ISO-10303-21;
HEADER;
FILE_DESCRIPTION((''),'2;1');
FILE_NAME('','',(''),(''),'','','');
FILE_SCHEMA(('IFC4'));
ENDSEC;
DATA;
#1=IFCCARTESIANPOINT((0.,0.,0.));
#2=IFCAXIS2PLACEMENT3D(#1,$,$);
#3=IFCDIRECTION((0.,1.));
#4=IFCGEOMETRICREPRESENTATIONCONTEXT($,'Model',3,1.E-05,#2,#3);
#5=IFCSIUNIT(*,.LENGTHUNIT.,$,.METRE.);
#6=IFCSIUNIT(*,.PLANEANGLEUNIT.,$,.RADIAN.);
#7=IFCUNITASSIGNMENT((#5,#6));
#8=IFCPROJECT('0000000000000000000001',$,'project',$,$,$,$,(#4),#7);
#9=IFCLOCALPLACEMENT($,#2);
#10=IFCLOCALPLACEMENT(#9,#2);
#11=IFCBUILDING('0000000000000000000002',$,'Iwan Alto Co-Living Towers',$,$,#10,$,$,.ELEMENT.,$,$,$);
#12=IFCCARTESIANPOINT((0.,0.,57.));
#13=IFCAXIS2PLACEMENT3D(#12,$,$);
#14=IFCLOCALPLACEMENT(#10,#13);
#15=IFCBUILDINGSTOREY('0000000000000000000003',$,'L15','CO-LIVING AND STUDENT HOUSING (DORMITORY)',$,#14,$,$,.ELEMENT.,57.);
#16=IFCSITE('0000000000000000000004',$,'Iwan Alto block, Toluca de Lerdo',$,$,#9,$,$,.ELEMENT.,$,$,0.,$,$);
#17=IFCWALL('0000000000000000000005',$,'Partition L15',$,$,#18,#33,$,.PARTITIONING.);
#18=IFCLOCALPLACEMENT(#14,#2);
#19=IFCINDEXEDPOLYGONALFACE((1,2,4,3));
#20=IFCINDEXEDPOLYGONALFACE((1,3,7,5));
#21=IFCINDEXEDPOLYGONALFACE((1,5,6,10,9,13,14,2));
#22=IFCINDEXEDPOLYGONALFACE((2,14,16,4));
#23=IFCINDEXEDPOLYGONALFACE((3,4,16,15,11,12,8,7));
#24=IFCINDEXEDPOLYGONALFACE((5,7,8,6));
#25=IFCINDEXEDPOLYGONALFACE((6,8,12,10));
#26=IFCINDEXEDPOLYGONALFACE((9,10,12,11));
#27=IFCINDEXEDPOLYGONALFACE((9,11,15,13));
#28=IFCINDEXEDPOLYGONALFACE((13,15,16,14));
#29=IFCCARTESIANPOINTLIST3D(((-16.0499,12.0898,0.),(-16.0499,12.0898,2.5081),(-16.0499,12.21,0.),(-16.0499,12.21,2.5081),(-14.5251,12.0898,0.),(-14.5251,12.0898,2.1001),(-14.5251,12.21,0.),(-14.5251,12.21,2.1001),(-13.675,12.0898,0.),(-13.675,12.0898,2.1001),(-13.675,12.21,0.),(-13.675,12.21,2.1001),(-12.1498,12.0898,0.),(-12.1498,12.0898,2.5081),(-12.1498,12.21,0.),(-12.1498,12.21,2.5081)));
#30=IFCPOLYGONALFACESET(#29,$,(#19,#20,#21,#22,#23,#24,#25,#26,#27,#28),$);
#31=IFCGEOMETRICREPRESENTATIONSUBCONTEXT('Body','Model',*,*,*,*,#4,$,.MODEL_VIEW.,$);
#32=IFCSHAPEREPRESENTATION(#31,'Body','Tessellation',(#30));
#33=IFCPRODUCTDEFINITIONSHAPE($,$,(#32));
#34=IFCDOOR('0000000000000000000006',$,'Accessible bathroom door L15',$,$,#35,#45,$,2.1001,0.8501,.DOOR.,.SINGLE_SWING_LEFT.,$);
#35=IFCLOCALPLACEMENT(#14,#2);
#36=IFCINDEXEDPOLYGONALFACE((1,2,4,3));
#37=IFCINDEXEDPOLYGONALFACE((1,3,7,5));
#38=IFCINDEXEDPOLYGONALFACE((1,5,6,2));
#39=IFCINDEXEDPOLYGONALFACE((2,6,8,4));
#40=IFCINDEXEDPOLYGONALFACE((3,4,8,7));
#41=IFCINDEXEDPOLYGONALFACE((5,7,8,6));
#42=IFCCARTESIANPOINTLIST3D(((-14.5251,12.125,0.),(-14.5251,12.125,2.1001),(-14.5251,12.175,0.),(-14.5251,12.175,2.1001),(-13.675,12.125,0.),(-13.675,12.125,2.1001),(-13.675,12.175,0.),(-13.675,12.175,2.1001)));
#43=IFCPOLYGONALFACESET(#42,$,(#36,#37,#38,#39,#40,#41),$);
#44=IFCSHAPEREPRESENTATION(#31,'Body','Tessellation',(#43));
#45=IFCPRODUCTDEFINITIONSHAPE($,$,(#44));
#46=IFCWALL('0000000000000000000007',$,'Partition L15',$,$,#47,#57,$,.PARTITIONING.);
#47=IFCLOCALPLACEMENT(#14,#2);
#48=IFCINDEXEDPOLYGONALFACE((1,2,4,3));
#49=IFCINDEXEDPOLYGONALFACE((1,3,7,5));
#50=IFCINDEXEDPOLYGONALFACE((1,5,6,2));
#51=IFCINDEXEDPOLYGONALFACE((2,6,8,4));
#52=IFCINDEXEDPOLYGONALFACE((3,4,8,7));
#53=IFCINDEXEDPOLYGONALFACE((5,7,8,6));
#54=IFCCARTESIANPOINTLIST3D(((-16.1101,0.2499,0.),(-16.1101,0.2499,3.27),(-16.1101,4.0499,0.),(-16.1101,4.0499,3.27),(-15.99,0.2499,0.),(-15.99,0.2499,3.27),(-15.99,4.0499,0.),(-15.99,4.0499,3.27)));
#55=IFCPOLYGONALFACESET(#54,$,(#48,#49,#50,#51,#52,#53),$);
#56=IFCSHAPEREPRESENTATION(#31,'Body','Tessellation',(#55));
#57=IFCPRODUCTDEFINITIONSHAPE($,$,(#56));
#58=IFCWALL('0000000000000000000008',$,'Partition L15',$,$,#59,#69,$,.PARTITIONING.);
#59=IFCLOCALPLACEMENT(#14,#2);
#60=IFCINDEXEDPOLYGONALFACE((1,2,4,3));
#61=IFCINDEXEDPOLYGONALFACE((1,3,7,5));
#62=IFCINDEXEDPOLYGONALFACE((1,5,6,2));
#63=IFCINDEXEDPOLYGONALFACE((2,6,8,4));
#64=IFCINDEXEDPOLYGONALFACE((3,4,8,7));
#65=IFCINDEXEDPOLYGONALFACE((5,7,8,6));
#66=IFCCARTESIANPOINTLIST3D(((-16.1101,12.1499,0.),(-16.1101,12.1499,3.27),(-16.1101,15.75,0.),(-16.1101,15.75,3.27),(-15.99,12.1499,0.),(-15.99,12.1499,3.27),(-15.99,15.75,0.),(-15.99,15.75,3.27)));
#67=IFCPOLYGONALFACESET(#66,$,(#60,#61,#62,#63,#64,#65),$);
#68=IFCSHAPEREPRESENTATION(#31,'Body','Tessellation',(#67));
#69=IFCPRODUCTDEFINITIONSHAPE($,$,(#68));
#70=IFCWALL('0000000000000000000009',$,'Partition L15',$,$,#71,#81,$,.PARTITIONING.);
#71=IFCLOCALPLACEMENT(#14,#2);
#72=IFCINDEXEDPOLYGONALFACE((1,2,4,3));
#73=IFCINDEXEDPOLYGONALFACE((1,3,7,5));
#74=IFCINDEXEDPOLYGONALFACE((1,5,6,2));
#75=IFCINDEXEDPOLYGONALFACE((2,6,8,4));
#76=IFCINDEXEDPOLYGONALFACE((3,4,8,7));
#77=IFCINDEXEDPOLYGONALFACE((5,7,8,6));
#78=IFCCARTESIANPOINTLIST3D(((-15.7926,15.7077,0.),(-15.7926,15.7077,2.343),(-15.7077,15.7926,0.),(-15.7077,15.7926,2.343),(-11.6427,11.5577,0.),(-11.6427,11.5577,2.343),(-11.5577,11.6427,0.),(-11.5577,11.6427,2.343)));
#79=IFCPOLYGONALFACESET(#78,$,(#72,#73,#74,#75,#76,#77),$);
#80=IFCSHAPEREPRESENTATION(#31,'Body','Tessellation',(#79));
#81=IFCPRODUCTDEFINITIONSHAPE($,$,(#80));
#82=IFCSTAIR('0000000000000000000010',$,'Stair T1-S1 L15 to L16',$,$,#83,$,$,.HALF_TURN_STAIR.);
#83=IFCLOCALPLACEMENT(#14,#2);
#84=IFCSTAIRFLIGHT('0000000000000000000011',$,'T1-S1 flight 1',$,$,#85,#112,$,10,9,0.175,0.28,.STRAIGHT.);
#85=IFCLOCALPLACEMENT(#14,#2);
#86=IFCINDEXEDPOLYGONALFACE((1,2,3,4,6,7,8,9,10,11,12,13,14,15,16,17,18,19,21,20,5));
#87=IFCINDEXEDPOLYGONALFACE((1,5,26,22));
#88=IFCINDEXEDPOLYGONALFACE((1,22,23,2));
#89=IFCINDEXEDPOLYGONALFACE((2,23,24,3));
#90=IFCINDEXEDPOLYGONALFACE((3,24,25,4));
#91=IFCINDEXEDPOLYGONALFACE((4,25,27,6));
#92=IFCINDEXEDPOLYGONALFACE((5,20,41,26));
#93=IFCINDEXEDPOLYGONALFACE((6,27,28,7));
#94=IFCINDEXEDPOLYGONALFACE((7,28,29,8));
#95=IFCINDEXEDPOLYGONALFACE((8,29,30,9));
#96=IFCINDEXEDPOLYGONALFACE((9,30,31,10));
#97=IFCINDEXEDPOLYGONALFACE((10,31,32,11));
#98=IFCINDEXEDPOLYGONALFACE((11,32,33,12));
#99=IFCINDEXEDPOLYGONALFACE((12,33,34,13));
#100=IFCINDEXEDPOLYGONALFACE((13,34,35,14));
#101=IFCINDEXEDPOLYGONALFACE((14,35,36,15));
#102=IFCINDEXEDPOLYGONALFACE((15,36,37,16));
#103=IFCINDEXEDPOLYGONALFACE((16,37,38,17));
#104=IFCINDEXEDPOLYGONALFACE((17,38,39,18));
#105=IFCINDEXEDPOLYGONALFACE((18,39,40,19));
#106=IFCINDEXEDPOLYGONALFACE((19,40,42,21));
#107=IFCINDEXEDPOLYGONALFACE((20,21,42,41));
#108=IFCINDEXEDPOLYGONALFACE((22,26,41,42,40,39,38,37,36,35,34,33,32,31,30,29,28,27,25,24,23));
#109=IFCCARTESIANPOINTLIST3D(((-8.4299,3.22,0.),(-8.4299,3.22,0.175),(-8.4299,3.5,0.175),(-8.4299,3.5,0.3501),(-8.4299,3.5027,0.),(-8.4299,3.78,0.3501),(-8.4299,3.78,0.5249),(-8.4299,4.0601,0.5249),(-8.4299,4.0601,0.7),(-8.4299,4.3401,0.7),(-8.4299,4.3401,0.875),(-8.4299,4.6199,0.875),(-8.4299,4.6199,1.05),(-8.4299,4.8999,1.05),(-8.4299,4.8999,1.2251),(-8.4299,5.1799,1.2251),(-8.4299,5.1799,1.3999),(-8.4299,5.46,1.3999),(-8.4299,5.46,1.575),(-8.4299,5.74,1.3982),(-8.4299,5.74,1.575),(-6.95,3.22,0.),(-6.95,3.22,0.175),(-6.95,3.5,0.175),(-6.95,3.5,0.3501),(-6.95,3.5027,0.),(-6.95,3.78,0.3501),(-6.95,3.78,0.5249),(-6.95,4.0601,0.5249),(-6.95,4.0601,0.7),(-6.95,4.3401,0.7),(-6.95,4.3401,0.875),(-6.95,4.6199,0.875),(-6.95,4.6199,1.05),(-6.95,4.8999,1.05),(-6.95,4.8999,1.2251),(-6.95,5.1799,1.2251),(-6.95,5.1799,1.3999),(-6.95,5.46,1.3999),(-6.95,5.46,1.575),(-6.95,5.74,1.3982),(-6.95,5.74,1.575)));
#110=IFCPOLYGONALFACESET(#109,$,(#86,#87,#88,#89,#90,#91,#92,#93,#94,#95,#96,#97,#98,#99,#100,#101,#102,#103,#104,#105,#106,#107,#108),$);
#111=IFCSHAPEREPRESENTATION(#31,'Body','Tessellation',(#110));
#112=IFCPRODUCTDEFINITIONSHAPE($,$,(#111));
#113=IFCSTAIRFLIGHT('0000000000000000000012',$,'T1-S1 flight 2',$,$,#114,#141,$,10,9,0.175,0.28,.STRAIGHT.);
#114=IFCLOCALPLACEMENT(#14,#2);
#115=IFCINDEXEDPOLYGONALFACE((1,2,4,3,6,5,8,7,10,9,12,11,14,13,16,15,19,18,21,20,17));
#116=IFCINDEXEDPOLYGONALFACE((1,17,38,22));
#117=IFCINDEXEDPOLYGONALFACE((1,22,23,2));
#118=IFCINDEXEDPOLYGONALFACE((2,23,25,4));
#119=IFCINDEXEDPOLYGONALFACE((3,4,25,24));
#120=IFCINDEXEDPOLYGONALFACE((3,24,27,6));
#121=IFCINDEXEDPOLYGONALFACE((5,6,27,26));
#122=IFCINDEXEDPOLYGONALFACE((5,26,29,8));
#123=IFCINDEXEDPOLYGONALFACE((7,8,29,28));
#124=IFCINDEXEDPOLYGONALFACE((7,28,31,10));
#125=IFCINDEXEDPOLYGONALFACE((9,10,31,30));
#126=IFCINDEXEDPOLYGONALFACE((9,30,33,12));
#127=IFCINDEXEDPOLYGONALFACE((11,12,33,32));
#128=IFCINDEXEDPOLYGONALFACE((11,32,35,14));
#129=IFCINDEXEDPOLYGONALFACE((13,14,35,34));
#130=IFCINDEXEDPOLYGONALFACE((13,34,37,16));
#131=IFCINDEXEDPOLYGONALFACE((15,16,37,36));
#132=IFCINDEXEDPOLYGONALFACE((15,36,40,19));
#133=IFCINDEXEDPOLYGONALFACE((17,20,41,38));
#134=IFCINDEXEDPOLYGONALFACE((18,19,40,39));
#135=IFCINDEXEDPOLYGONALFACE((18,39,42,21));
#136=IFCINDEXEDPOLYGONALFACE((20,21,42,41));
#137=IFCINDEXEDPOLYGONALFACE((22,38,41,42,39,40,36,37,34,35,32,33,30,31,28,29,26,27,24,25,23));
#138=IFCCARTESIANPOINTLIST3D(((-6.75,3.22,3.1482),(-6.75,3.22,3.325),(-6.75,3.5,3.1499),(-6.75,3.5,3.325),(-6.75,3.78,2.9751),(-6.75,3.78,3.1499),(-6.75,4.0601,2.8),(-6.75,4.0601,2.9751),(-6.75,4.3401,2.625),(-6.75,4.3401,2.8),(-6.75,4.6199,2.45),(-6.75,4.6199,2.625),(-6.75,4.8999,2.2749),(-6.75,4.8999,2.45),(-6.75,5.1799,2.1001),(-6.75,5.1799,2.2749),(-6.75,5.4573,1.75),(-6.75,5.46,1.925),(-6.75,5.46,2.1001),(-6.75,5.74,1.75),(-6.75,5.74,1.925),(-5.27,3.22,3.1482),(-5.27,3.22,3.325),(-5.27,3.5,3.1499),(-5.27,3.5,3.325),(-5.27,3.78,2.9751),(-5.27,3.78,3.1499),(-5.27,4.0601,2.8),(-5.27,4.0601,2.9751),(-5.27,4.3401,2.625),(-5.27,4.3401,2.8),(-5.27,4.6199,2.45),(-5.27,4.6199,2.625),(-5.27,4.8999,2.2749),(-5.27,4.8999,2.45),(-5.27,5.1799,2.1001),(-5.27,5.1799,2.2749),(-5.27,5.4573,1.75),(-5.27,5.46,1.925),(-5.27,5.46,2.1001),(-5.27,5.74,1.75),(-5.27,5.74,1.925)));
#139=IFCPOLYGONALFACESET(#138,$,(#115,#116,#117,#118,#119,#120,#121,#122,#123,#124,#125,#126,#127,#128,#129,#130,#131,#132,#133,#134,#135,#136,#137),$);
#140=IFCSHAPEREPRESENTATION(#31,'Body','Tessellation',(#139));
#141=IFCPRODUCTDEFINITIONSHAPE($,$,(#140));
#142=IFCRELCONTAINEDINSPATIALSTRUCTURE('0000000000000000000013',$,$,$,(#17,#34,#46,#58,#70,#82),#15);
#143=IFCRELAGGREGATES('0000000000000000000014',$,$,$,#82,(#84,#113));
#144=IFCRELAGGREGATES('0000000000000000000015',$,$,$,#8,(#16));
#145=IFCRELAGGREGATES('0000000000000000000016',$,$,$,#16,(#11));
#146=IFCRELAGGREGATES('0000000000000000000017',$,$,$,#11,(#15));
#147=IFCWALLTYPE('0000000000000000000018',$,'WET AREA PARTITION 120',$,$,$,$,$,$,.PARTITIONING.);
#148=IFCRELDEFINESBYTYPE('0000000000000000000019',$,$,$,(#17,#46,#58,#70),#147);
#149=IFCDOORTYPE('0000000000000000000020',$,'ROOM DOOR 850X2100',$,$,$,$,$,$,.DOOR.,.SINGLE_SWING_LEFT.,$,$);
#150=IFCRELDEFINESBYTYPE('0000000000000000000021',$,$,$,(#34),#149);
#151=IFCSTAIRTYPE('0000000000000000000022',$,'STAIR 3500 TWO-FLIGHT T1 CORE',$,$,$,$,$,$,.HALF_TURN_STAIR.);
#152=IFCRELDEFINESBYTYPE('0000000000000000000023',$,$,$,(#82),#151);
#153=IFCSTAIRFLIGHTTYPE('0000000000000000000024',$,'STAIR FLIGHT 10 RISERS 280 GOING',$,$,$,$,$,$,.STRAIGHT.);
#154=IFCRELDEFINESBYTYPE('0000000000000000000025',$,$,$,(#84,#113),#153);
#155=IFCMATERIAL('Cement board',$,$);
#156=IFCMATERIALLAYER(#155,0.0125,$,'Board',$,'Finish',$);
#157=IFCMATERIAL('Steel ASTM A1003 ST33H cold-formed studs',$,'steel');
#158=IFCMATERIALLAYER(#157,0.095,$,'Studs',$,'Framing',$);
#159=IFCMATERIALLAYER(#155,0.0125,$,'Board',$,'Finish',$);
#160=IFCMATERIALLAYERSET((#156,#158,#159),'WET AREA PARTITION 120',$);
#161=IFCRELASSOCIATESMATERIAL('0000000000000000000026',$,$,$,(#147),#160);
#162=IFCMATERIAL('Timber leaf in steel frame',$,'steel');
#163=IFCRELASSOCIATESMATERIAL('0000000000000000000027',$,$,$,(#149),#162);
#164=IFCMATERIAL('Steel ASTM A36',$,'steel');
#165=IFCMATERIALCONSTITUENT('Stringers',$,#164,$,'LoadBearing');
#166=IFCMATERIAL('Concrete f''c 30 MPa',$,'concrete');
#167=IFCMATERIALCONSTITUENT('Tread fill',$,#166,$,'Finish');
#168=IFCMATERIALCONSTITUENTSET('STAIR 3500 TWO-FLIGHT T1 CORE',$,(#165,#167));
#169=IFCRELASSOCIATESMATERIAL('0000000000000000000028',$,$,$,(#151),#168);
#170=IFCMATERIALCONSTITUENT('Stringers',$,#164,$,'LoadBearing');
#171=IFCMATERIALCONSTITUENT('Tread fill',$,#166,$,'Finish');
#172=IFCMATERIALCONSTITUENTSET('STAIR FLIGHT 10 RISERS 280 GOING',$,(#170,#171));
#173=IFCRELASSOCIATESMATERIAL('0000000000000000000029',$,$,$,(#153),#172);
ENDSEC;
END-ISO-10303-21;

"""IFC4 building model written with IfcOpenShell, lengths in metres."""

from ifc_helpers import new_model, si_unit, direction, frame, frame_2d, origin, place, context, subcontext, project, spatial, polyline, rectangle, outline, extrude, material, layer, layer_set, constituent, constituent_set, type_object, element, fill, aggregate, save


model = new_model("IFC4")

# Units and contexts
model_context = context("Model", 3, precision=1e-05, world=origin(), true_north=direction((0.0, 1.0)))
body_context = subcontext(model_context, "Body", "Model", "MODEL_VIEW")
ifc_project = project(units=[si_unit("LENGTHUNIT", "METRE"), si_unit("PLANEANGLEUNIT", "RADIAN")], contexts=[model_context])

# Site, building, storey
site_placement = place(None, origin())
site = spatial("IfcSite", under=ifc_project, at=site_placement, Name="Iwan Alto block, Toluca de Lerdo", CompositionType="ELEMENT", RefElevation=0.0)
building_placement = place(site_placement, origin())
building = spatial("IfcBuilding", under=site, at=building_placement, Name="Iwan Alto Co-Living Towers", CompositionType="ELEMENT")
storey_placement = place(building_placement, frame((0.0, 0.0, 57.0)))
storey = spatial("IfcBuildingStorey", under=building, at=storey_placement, Name="L15", Description="CO-LIVING AND STUDENT HOUSING (DORMITORY)", CompositionType="ELEMENT", Elevation=57.0)

# Shared definitions
ifc_material_1 = material(Name="Steel ASTM A1003 ST33H cold-formed studs", Category="steel")

# Wall, opening, door
ifc_material_2 = material(Name="Cement board")
ifc_layer_1 = layer(ifc_material_2, 0.0125, Name="Board", Category="Finish")
ifc_layer_2 = layer(ifc_material_1, 0.095, Name="Studs", Category="Framing")
ifc_layer_3 = layer(ifc_material_2, 0.0125, Name="Board", Category="Finish")
ifc_layer_set_1 = layer_set([ifc_layer_1, ifc_layer_2, ifc_layer_3], Name="WET AREA PARTITION 120")
wall_type_1 = type_object("IfcWallType", Name="WET AREA PARTITION 120", PredefinedType="PARTITIONING", material=ifc_layer_set_1)
ifc_material_3 = material(Name="Timber leaf in steel frame", Category="steel")
door_type_1 = type_object("IfcDoorType", Name="ROOM DOOR 850X2100", OperationType="SINGLE_SWING_LEFT", PredefinedType="DOOR", material=ifc_material_3)
wall_1_placement = place(storey_placement, frame((-16.05, 12.1499, 0.0), z_axis=(0.0, 0.0, 1.0), x_axis=(1.0, 0.0, 0.0)))
wall_1 = element("IfcWall", 1, at=wall_1_placement, inside=storey, type_object=wall_type_1, Name="Partition L15", PredefinedType="PARTITIONING", context=body_context, shape_type="SweptSolid", body=[
    extrude(rectangle(XDim=3.9001, YDim=0.1201, at=frame_2d((1.9502, 0.0))), origin(), (0.0, 0.0, 1.0), 2.5081),
])
opening_1_placement = place(wall_1_placement, frame((1.5249, 0.0, 0.0)))
opening_1 = element("IfcOpeningElement", 2, at=opening_1_placement, cuts=wall_1, PredefinedType="OPENING", context=body_context, shape_type="SweptSolid", body=[
    extrude(rectangle(XDim=0.8501, YDim=2.1001, at=frame_2d((0.425, 1.05))), frame((0.0, 0.0701, 0.0), z_axis=(0.0, -1.0, 0.0), x_axis=(1.0, 0.0, 0.0)), (0.0, 0.0, 1.0), 0.1401),
])
door_1_placement = place(opening_1_placement, frame((0.8501, 0.0, 0.0), z_axis=(0.0, 0.0, 1.0), x_axis=(-1.0, 0.0, 0.0)))
door_1 = element("IfcDoor", 3, at=door_1_placement, inside=storey, type_object=door_type_1, Name="Accessible bathroom door L15", OperationType="SINGLE_SWING_LEFT", OverallHeight=2.1001, OverallWidth=0.8501, PredefinedType="DOOR", context=body_context, shape_type="SweptSolid", body=[
    extrude(rectangle(XDim=0.8501, YDim=2.1001, at=frame_2d((0.425, 1.05))), frame((0.0, 0.0249, 0.0), z_axis=(0.0, -1.0, 0.0), x_axis=(1.0, 0.0, 0.0)), (0.0, 0.0, 1.0), 0.05),
])
fill(opening_1, door_1)

# Walls
wall_2_placement = place(storey_placement, frame((-16.05, 0.25, 0.0), z_axis=(0.0, 0.0, 1.0), x_axis=(0.0, 1.0, 0.0)))
element("IfcWall", 4, at=wall_2_placement, inside=storey, type_object=wall_type_1, Name="Partition L15", PredefinedType="PARTITIONING", context=body_context, shape_type="SweptSolid", body=[
    extrude(rectangle(XDim=3.8, YDim=0.1201, at=frame_2d((1.8999, 0.0))), origin(), (0.0, 0.0, 1.0), 3.27),
])
wall_3_placement = place(storey_placement, frame((-16.05, 12.1499, 0.0), z_axis=(0.0, 0.0, 1.0), x_axis=(0.0, 1.0, 0.0)))
element("IfcWall", 5, at=wall_3_placement, inside=storey, type_object=wall_type_1, Name="Partition L15", PredefinedType="PARTITIONING", context=body_context, shape_type="SweptSolid", body=[
    extrude(rectangle(XDim=3.6001, YDim=0.1201, at=frame_2d((1.8, 0.0))), origin(), (0.0, 0.0, 1.0), 3.27),
])
wall_4_placement = place(storey_placement, frame((-11.6001, 11.6001, 0.0), z_axis=(0.0, 0.0, 1.0), x_axis=(-0.707107, 0.707107, 0.0)))
element("IfcWall", 6, at=wall_4_placement, inside=storey, type_object=wall_type_1, Name="Partition L15", PredefinedType="PARTITIONING", context=body_context, shape_type="SweptSolid", body=[
    extrude(rectangle(XDim=5.8689, YDim=0.1201, at=frame_2d((2.9346, 0.0))), origin(), (0.0, 0.0, 1.0), 2.343),
])

# Stair, stair flights
ifc_material_4 = material(Name="Steel ASTM A36", Category="steel")
ifc_constituent_1 = constituent(ifc_material_4, Name="Stringers", Category="LoadBearing")
ifc_material_5 = material(Name="Concrete f'c 30 MPa", Category="concrete")
ifc_constituent_2 = constituent(ifc_material_5, Name="Tread fill", Category="Finish")
ifc_constituent_set_1 = constituent_set(constituents=[ifc_constituent_1, ifc_constituent_2], Name="STAIR 3500 TWO-FLIGHT T1 CORE")
stair_type = type_object("IfcStairType", Name="STAIR 3500 TWO-FLIGHT T1 CORE", PredefinedType="HALF_TURN_STAIR", material=ifc_constituent_set_1)
stair_placement = place(storey_placement, origin())
stair = element("IfcStair", 7, at=stair_placement, inside=storey, type_object=stair_type, Name="Stair T1-S1 L15 to L16", PredefinedType="HALF_TURN_STAIR")
ifc_constituent_3 = constituent(ifc_material_4, Name="Stringers", Category="LoadBearing")
ifc_constituent_4 = constituent(ifc_material_5, Name="Tread fill", Category="Finish")
ifc_constituent_set_2 = constituent_set(constituents=[ifc_constituent_3, ifc_constituent_4], Name="STAIR FLIGHT 10 RISERS 280 GOING")
stair_flight_type = type_object("IfcStairFlightType", Name="STAIR FLIGHT 10 RISERS 280 GOING", PredefinedType="STRAIGHT", material=ifc_constituent_set_2)
stair_flight_1_placement = place(storey_placement, frame((-7.6899, 3.22, 0.0), z_axis=(0.0, 0.0, 1.0), x_axis=(0.0, 1.0, 0.0)))
stair_flight_1 = element("IfcStairFlight", 8, at=stair_flight_1_placement, type_object=stair_flight_type, Name="T1-S1 flight 1", NumberOfRisers=10, NumberOfTreads=9, PredefinedType="STRAIGHT", RiserHeight=0.175, TreadLength=0.28, context=body_context, shape_type="SweptSolid", body=[
    extrude(outline(polyline([(0.0, 0.0), (0.0, 0.175), (0.28, 0.175), (0.28, 0.3501), (0.5601, 0.3501), (0.5601, 0.5249), (0.8401, 0.5249), (0.8401, 0.7), (1.1201, 0.7), (1.1201, 0.875), (1.3999, 0.875), (1.3999, 1.05), (1.6799, 1.05), (1.6799, 1.2251), (1.96, 1.2251), (1.96, 1.3999), (2.24, 1.3999), (2.24, 1.575), (2.52, 1.575), (2.52, 1.75), (2.52, 1.3982), (0.2827, 0.0), (0.0, 0.0)])), frame((0.0, 0.74, 0.0), z_axis=(0.0, -1.0, 0.0), x_axis=(1.0, 0.0, 0.0)), (0.0, 0.0, 1.0), 1.48),
])
stair_flight_2_placement = place(storey_placement, frame((-6.01, 5.74, 1.75), z_axis=(0.0, 0.0, 1.0), x_axis=(0.0, -1.0, 0.0)))
stair_flight_2 = element("IfcStairFlight", 9, at=stair_flight_2_placement, type_object=stair_flight_type, Name="T1-S1 flight 2", NumberOfRisers=10, NumberOfTreads=9, PredefinedType="STRAIGHT", RiserHeight=0.175, TreadLength=0.28, context=body_context, shape_type="SweptSolid", body=[
    extrude(outline(polyline([(0.0, 0.0), (0.0, 0.175), (0.28, 0.175), (0.28, 0.3501), (0.5601, 0.3501), (0.5601, 0.5249), (0.8401, 0.5249), (0.8401, 0.7), (1.1201, 0.7), (1.1201, 0.875), (1.3999, 0.875), (1.3999, 1.05), (1.6799, 1.05), (1.6799, 1.2251), (1.96, 1.2251), (1.96, 1.3999), (2.24, 1.3999), (2.24, 1.575), (2.52, 1.575), (2.52, 1.75), (2.52, 1.3982), (0.2827, 0.0), (0.0, 0.0)])), frame((0.0, 0.74, 0.0), z_axis=(0.0, -1.0, 0.0), x_axis=(1.0, 0.0, 0.0)), (0.0, 0.0, 1.0), 1.48),
])
aggregate(stair, [stair_flight_1, stair_flight_2])

save(model, "model.ifc")
